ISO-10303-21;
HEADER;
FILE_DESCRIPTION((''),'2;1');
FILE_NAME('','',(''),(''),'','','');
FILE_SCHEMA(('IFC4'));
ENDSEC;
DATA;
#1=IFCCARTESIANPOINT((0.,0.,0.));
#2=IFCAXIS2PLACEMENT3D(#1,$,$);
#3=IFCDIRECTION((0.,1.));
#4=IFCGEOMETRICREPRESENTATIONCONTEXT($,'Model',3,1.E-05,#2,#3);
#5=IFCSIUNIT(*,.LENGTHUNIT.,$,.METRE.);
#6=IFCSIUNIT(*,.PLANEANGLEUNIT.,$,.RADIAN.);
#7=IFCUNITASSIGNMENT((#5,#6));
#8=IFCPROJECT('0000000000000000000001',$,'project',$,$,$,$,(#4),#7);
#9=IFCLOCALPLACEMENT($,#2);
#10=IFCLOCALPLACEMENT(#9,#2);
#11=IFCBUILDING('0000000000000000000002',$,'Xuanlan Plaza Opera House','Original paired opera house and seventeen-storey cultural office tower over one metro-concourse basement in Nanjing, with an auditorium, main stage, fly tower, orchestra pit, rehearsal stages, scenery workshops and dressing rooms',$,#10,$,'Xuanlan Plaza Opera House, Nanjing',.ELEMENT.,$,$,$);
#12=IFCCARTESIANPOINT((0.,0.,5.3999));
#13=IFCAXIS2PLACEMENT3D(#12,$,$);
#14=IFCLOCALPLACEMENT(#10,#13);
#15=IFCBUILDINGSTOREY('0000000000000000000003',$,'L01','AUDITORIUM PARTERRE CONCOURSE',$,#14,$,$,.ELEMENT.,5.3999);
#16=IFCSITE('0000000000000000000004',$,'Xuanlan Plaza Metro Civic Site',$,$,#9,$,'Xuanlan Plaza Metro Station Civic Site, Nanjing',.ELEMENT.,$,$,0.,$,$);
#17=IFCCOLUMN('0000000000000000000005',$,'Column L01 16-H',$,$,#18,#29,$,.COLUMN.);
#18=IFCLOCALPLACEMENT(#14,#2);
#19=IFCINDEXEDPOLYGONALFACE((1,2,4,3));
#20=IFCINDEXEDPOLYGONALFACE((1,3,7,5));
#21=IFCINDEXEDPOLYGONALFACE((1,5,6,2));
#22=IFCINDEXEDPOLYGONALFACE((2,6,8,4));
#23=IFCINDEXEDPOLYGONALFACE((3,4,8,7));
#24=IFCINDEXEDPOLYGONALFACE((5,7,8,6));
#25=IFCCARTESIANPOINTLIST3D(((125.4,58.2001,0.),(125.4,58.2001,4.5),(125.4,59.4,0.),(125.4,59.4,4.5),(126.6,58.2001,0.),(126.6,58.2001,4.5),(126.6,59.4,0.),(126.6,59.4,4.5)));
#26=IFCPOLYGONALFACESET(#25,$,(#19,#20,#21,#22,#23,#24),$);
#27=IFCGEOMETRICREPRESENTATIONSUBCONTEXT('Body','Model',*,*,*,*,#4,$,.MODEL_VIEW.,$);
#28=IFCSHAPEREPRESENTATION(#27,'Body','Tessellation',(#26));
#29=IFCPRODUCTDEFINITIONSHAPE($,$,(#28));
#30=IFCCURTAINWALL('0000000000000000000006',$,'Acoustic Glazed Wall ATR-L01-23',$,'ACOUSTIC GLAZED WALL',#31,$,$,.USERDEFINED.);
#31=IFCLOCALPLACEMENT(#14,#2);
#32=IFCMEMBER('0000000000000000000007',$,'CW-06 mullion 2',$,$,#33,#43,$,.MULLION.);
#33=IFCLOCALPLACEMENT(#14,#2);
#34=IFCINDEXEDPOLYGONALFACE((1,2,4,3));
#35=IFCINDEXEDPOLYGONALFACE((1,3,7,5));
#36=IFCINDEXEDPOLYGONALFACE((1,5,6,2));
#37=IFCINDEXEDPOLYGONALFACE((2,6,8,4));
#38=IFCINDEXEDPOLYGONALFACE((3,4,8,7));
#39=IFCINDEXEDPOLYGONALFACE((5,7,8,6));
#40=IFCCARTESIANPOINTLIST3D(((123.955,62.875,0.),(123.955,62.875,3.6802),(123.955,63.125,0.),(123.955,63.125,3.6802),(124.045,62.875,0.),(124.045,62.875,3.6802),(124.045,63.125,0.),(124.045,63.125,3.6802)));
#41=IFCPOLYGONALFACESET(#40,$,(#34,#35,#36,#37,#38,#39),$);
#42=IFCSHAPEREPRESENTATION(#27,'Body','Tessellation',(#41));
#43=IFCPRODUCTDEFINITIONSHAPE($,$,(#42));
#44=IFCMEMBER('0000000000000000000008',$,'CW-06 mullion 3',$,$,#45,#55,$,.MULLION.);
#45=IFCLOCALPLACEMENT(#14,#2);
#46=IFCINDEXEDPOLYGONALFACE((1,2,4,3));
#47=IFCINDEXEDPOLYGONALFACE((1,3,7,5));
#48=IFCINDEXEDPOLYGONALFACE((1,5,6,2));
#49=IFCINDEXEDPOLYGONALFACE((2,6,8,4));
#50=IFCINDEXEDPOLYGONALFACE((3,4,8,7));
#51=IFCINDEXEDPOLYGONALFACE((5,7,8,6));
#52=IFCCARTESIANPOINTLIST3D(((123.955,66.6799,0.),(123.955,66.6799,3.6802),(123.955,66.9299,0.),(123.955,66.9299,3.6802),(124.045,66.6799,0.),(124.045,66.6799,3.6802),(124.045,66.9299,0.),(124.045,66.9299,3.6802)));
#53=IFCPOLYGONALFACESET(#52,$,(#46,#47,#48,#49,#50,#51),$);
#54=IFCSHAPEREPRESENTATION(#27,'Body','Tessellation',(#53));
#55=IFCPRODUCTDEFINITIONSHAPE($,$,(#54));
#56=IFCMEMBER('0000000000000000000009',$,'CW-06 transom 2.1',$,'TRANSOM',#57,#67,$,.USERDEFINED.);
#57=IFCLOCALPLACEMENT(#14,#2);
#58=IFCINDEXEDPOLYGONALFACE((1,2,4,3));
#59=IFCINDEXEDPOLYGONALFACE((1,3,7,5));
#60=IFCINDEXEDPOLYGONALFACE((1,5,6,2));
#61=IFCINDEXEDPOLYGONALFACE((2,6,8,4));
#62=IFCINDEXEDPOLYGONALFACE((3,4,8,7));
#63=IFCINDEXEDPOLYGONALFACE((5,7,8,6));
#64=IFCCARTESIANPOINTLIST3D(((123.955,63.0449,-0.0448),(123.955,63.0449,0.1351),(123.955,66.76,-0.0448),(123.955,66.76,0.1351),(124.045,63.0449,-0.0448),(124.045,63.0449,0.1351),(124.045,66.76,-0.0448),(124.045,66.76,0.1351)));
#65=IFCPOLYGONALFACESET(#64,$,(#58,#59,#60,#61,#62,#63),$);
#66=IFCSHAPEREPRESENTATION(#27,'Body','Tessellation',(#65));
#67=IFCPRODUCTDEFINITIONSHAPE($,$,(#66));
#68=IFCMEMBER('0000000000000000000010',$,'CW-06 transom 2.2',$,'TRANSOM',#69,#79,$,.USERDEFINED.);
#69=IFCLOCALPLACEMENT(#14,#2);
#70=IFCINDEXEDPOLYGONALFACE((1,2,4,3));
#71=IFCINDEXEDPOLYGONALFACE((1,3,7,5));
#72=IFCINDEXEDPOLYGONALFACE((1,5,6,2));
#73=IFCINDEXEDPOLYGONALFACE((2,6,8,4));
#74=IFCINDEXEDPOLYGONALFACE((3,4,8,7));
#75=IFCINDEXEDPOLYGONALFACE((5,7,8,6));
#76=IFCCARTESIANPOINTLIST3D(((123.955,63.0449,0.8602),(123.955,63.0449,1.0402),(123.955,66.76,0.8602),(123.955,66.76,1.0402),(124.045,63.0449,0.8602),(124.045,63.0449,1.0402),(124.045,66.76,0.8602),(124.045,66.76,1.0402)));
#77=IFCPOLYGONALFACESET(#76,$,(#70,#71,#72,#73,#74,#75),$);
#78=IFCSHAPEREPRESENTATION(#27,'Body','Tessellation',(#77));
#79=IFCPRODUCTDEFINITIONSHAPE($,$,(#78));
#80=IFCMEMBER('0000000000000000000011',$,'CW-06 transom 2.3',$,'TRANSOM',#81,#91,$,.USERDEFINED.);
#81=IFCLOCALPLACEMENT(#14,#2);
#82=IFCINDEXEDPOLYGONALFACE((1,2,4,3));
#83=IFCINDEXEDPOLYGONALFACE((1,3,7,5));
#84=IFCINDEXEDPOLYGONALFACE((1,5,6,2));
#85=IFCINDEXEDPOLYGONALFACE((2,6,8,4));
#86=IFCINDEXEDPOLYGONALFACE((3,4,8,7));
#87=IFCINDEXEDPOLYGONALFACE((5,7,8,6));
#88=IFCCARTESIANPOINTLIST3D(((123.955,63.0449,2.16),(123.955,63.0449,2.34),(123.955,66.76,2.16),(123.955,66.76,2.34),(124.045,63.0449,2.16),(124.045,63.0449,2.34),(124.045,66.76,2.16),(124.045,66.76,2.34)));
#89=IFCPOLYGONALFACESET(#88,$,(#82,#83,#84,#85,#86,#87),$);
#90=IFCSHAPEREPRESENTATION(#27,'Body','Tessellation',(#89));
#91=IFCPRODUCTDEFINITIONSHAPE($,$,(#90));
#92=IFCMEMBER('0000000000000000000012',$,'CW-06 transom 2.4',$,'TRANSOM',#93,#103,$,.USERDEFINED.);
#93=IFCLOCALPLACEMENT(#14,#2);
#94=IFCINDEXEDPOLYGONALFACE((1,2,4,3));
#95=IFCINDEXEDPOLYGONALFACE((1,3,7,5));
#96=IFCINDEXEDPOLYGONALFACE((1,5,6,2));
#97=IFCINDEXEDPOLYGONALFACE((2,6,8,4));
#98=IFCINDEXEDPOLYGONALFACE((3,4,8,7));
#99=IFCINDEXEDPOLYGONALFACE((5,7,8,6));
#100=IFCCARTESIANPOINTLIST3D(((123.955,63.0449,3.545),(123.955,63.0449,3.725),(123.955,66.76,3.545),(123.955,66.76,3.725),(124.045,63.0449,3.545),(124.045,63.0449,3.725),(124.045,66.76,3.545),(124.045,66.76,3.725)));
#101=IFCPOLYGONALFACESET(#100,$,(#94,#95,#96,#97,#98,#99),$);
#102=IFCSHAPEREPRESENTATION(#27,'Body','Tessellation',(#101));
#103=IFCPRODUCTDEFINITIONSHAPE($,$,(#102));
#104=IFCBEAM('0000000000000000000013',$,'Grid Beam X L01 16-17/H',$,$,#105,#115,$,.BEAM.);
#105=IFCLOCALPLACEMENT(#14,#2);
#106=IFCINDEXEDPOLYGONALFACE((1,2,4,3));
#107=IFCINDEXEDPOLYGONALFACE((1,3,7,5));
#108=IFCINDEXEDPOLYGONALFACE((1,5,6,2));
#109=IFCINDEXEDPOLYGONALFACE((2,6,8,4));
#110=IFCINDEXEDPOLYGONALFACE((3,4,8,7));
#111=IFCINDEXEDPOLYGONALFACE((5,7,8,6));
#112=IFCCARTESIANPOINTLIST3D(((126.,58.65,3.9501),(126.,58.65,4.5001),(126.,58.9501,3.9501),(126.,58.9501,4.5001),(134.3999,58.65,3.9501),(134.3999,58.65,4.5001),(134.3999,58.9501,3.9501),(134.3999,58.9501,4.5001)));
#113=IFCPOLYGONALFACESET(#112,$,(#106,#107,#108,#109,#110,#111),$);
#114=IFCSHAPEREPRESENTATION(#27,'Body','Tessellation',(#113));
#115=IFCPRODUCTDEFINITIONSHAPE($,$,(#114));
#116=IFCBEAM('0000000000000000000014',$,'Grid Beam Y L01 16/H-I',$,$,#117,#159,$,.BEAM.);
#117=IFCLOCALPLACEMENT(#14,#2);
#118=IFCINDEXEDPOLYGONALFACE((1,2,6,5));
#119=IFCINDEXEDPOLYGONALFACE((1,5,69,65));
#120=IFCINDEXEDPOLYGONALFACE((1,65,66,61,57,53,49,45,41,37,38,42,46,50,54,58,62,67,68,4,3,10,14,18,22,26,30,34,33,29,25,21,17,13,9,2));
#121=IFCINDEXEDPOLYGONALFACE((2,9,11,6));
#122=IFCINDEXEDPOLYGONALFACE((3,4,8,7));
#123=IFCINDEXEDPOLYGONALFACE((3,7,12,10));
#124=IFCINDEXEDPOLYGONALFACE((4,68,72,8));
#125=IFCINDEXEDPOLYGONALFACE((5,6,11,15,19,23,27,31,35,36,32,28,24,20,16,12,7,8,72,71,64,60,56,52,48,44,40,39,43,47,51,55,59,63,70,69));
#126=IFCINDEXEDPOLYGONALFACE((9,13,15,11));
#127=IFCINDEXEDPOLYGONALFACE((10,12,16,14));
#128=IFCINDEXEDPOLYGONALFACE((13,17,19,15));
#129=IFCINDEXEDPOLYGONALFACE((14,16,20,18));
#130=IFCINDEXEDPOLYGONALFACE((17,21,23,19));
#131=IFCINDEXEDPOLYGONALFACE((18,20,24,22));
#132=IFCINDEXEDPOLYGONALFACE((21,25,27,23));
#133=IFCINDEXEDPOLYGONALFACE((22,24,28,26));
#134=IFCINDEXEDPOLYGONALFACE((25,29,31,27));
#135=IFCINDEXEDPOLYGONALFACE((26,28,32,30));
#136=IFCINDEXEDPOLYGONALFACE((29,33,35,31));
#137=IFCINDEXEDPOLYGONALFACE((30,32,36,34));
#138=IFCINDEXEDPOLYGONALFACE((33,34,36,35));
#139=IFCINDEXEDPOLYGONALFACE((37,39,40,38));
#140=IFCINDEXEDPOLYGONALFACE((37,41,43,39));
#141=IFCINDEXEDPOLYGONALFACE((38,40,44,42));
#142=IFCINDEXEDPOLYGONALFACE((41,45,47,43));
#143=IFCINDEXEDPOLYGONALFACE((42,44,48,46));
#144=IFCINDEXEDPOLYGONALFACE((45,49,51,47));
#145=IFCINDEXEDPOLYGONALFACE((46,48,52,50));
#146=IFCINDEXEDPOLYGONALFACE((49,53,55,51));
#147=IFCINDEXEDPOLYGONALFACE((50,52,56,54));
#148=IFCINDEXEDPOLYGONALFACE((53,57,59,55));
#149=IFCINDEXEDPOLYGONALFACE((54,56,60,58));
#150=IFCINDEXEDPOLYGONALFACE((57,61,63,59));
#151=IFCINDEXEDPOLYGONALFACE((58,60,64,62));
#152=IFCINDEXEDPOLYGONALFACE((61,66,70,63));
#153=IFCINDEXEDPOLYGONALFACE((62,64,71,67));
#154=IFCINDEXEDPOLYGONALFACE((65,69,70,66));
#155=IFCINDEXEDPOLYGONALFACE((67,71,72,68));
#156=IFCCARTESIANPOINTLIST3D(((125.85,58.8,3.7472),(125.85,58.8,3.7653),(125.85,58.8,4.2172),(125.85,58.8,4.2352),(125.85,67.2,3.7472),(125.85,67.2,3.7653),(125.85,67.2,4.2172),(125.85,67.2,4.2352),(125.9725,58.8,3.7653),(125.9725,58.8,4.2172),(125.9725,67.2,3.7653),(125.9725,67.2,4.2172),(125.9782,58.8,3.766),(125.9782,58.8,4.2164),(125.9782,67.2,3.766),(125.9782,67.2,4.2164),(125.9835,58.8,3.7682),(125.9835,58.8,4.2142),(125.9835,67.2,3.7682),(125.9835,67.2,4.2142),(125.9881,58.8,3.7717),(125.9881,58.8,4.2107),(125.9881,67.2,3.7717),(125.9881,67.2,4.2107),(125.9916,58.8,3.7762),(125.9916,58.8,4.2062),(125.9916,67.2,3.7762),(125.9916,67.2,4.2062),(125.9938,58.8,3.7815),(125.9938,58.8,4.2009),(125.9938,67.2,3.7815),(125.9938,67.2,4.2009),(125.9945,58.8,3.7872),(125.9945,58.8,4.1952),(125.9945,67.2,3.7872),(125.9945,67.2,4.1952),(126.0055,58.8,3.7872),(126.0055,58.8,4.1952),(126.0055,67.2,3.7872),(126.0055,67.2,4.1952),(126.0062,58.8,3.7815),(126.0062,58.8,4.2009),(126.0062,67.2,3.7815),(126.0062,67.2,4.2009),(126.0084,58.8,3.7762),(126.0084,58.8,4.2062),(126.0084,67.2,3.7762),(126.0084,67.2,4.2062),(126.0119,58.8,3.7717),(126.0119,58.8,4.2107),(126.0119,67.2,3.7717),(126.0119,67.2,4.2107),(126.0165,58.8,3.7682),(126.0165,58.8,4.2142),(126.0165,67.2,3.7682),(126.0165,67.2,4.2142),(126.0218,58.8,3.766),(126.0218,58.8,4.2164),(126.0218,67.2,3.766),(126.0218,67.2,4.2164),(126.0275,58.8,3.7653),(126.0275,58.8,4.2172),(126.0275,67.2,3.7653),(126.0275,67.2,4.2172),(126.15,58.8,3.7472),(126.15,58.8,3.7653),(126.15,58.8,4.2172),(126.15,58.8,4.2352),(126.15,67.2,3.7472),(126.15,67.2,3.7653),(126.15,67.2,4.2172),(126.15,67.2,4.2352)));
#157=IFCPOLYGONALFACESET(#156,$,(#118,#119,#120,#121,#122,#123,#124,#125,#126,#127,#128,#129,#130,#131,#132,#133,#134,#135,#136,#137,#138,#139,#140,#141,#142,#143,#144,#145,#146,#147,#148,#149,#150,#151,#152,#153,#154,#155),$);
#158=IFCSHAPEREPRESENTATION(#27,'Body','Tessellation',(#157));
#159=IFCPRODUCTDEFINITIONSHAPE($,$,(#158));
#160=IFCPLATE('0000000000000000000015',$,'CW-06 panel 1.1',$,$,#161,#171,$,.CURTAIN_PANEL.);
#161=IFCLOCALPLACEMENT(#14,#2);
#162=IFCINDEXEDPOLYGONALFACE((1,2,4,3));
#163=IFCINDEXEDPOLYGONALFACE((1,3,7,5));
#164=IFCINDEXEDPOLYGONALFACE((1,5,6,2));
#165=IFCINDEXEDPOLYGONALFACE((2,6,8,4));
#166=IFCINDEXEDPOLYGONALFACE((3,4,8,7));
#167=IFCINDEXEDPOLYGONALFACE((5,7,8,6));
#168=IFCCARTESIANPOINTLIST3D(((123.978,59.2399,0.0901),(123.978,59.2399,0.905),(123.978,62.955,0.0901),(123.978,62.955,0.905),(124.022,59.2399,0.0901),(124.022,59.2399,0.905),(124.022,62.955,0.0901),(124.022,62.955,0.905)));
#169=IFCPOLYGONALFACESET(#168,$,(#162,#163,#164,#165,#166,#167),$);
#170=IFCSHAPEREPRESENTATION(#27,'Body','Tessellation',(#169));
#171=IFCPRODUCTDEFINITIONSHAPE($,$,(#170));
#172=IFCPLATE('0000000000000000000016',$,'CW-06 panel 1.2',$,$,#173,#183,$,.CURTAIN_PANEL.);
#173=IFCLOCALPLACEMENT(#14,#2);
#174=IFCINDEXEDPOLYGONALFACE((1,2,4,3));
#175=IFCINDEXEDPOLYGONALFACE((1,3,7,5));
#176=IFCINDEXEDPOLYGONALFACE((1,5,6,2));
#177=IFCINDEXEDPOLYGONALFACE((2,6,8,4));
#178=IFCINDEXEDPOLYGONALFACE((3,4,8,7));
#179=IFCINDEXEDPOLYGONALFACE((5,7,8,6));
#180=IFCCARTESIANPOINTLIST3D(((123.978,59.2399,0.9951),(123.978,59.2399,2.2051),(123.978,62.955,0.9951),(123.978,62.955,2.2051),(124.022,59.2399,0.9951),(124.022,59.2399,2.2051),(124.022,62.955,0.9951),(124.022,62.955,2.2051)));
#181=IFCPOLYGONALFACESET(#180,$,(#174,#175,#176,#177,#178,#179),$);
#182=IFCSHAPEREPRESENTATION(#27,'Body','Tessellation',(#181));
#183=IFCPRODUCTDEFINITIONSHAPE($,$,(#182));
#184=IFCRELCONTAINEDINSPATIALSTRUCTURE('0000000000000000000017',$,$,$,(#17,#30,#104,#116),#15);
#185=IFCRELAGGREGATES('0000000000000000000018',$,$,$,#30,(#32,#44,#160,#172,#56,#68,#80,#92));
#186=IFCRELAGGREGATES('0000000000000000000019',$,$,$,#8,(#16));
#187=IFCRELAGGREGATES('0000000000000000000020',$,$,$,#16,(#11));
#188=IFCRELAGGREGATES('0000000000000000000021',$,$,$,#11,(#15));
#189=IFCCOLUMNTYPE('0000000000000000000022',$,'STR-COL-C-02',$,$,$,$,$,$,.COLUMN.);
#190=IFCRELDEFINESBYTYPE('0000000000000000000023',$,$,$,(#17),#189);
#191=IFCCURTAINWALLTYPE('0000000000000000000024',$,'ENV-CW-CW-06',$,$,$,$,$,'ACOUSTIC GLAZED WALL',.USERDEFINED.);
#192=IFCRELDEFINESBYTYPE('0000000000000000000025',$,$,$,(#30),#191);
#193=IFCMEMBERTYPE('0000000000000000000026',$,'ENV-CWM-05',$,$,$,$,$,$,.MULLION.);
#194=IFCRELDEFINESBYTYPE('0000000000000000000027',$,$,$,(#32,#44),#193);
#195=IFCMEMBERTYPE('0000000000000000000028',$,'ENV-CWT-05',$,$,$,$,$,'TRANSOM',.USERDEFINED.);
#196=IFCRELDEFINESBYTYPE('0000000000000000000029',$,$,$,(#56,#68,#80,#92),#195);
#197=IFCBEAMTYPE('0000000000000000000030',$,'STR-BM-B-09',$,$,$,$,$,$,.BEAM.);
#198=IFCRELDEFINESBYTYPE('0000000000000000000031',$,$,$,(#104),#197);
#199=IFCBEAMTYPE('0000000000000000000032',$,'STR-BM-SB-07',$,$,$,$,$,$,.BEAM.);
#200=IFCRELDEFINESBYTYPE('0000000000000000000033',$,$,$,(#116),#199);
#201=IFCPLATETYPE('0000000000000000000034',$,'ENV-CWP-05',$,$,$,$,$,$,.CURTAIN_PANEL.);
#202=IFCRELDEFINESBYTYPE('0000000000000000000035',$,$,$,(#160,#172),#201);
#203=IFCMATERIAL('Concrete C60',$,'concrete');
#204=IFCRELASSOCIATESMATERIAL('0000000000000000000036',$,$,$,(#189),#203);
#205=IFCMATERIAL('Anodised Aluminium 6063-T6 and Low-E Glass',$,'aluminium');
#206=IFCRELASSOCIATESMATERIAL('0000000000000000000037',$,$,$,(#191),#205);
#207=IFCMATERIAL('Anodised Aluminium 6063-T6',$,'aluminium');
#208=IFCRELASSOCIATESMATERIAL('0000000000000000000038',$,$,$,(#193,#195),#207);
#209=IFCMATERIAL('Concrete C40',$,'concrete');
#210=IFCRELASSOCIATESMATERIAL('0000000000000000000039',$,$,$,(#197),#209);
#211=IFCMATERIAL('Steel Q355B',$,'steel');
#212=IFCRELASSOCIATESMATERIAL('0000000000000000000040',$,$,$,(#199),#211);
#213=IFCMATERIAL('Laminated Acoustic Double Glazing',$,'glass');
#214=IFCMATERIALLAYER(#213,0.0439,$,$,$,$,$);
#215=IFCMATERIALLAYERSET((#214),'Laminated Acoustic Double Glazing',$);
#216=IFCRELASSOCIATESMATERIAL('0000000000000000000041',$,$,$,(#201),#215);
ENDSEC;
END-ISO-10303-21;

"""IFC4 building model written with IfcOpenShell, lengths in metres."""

from ifc_helpers import new_model, si_unit, direction, frame, origin, origin_2d, place, context, subcontext, project, spatial, rectangle, i_section, extrude, material, layer, layer_set, material_profile, profile_set, type_object, element, aggregate, save


model = new_model("IFC4")

# Units and contexts
model_context = context("Model", 3, precision=1e-05, world=origin(), true_north=direction((0.0, 1.0)))
body_context = subcontext(model_context, "Body", "Model", "MODEL_VIEW")
ifc_project = project(units=[si_unit("LENGTHUNIT", "METRE"), si_unit("PLANEANGLEUNIT", "RADIAN")], contexts=[model_context])

# Site, building, storey
site_placement = place(None, origin())
site = spatial("IfcSite", under=ifc_project, at=site_placement, Name="Xuanlan Plaza Metro Civic Site", LongName="Xuanlan Plaza Metro Station Civic Site, Nanjing", CompositionType="ELEMENT", RefElevation=0.0)
building_placement = place(site_placement, origin())
building = spatial("IfcBuilding", under=site, at=building_placement, Name="Xuanlan Plaza Opera House", Description="Original paired opera house and seventeen-storey cultural office tower over one metro-concourse basement in Nanjing, with an auditorium, main stage, fly tower, orchestra pit, rehearsal stages, scenery workshops and dressing rooms", LongName="Xuanlan Plaza Opera House, Nanjing", CompositionType="ELEMENT")
storey_placement = place(building_placement, frame((0.0, 0.0, 5.3999)))
storey = spatial("IfcBuildingStorey", under=building, at=storey_placement, Name="L01", Description="AUDITORIUM PARTERRE CONCOURSE", CompositionType="ELEMENT", Elevation=5.3999)

# Column
ifc_material_1 = material(Name="Concrete C60", Category="concrete")
ifc_material_profile_1 = material_profile(ifc_material_1, rectangle(XDim=1.2, YDim=1.2, at=origin_2d()), Name="RC-COL 1200x1200")
ifc_profile_set_1 = profile_set([ifc_material_profile_1], Name="Concrete C60")
column_type = type_object("IfcColumnType", Name="STR-COL-C-02", PredefinedType="COLUMN", material=ifc_profile_set_1)
column_placement = place(storey_placement, frame((126.0, 58.8, 0.0), z_axis=(0.0, 0.0, 1.0), x_axis=(1.0, 0.0, 0.0)))
element("IfcColumn", 1, at=column_placement, inside=storey, type_object=column_type, Name="Column L01 16-H", PredefinedType="COLUMN", context=body_context, shape_type="SweptSolid", body=[
    extrude(rectangle(XDim=1.2, YDim=1.2, at=origin_2d()), origin(), (0.0, 0.0, 1.0), 4.5),
])

# Curtain wall, members
ifc_material_2 = material(Name="Anodised Aluminium 6063-T6 and Low-E Glass", Category="aluminium")
curtain_wall_type = type_object("IfcCurtainWallType", Name="ENV-CW-CW-06", ElementType="ACOUSTIC GLAZED WALL", PredefinedType="USERDEFINED", material=ifc_material_2)
curtain_wall_placement = place(storey_placement, origin())
curtain_wall = element("IfcCurtainWall", 2, at=curtain_wall_placement, inside=storey, type_object=curtain_wall_type, Name="Acoustic Glazed Wall ATR-L01-23", ObjectType="ACOUSTIC GLAZED WALL", PredefinedType="USERDEFINED")
ifc_material_3 = material(Name="Anodised Aluminium 6063-T6", Category="aluminium")
ifc_material_profile_2 = material_profile(ifc_material_3, rectangle(XDim=0.0901, YDim=0.25, at=origin_2d()), Name="ALU-M 90x250")
ifc_profile_set_2 = profile_set([ifc_material_profile_2], Name="Anodised Aluminium 6063-T6")
member_type_1 = type_object("IfcMemberType", Name="ENV-CWM-05", PredefinedType="MULLION", material=ifc_profile_set_2)
member_1_placement = place(storey_placement, frame((124.0, 63.0, 0.0), z_axis=(0.0, 0.0, 1.0), x_axis=(-1.0, 0.0, 0.0)))
member_1 = element("IfcMember", 3, at=member_1_placement, type_object=member_type_1, Name="CW-06 mullion 2", PredefinedType="MULLION", context=body_context, shape_type="SweptSolid", body=[
    extrude(rectangle(XDim=0.0901, YDim=0.25, at=origin_2d()), origin(), (0.0, 0.0, 1.0), 3.6802),
])
member_2_placement = place(storey_placement, frame((124.0, 66.8049, 0.0), z_axis=(0.0, 0.0, 1.0), x_axis=(-1.0, 0.0, 0.0)))
member_2 = element("IfcMember", 4, at=member_2_placement, type_object=member_type_1, Name="CW-06 mullion 3", PredefinedType="MULLION", context=body_context, shape_type="SweptSolid", body=[
    extrude(rectangle(XDim=0.0901, YDim=0.25, at=origin_2d()), origin(), (0.0, 0.0, 1.0), 3.6802),
])
ifc_material_profile_3 = material_profile(ifc_material_3, rectangle(XDim=0.0901, YDim=0.1799, at=origin_2d()), Name="ALU-T 90x180")
ifc_profile_set_3 = profile_set([ifc_material_profile_3], Name="Anodised Aluminium 6063-T6")
member_type_2 = type_object("IfcMemberType", Name="ENV-CWT-05", ElementType="TRANSOM", PredefinedType="USERDEFINED", material=ifc_profile_set_3)
member_3_placement = place(storey_placement, frame((124.0, 63.0449, 0.0452), z_axis=(0.0, 1.0, 0.0), x_axis=(-1.0, 0.0, 0.0)))
member_3 = element("IfcMember", 5, at=member_3_placement, type_object=member_type_2, Name="CW-06 transom 2.1", ObjectType="TRANSOM", PredefinedType="USERDEFINED", context=body_context, shape_type="SweptSolid", body=[
    extrude(rectangle(XDim=0.0901, YDim=0.1799, at=origin_2d()), origin(), (0.0, 0.0, 1.0), 3.7151),
])
member_4_placement = place(storey_placement, frame((124.0, 63.0449, 0.9502), z_axis=(0.0, 1.0, 0.0), x_axis=(-1.0, 0.0, 0.0)))
member_4 = element("IfcMember", 6, at=member_4_placement, type_object=member_type_2, Name="CW-06 transom 2.2", ObjectType="TRANSOM", PredefinedType="USERDEFINED", context=body_context, shape_type="SweptSolid", body=[
    extrude(rectangle(XDim=0.0901, YDim=0.1799, at=origin_2d()), origin(), (0.0, 0.0, 1.0), 3.7151),
])
member_5_placement = place(storey_placement, frame((124.0, 63.0449, 2.25), z_axis=(0.0, 1.0, 0.0), x_axis=(-1.0, 0.0, 0.0)))
member_5 = element("IfcMember", 7, at=member_5_placement, type_object=member_type_2, Name="CW-06 transom 2.3", ObjectType="TRANSOM", PredefinedType="USERDEFINED", context=body_context, shape_type="SweptSolid", body=[
    extrude(rectangle(XDim=0.0901, YDim=0.1799, at=origin_2d()), origin(), (0.0, 0.0, 1.0), 3.7151),
])
member_6_placement = place(storey_placement, frame((124.0, 63.0449, 3.635), z_axis=(0.0, 1.0, 0.0), x_axis=(-1.0, 0.0, 0.0)))
member_6 = element("IfcMember", 8, at=member_6_placement, type_object=member_type_2, Name="CW-06 transom 2.4", ObjectType="TRANSOM", PredefinedType="USERDEFINED", context=body_context, shape_type="SweptSolid", body=[
    extrude(rectangle(XDim=0.0901, YDim=0.1799, at=origin_2d()), origin(), (0.0, 0.0, 1.0), 3.7151),
])

# Beams
ifc_material_4 = material(Name="Concrete C40", Category="concrete")
ifc_material_profile_4 = material_profile(ifc_material_4, rectangle(XDim=0.3, YDim=0.55, at=origin_2d()), Name="RC-BM 300x550")
ifc_profile_set_4 = profile_set([ifc_material_profile_4], Name="Concrete C40")
beam_type_1 = type_object("IfcBeamType", Name="STR-BM-B-09", PredefinedType="BEAM", material=ifc_profile_set_4)
beam_1_placement = place(storey_placement, frame((126.0, 58.8, 4.2251), z_axis=(1.0, 0.0, 0.0), x_axis=(0.0, 1.0, 0.0)))
element("IfcBeam", 9, at=beam_1_placement, inside=storey, type_object=beam_type_1, Name="Grid Beam X L01 16-17/H", PredefinedType="BEAM", context=body_context, shape_type="SweptSolid", body=[
    extrude(rectangle(XDim=0.3, YDim=0.55, at=origin_2d()), origin(), (0.0, 0.0, 1.0), 8.3999),
])
ifc_material_5 = material(Name="Steel Q355B", Category="steel")
ifc_material_profile_5 = material_profile(ifc_material_5, i_section(OverallWidth=0.3, OverallDepth=0.488, WebThickness=0.011, FlangeThickness=0.0181, FilletRadius=0.022, at=origin_2d()), Name="HM 488x300x11x18")
ifc_profile_set_5 = profile_set([ifc_material_profile_5], Name="Steel Q355B")
beam_type_2 = type_object("IfcBeamType", Name="STR-BM-SB-07", PredefinedType="BEAM", material=ifc_profile_set_5)
beam_2_placement = place(storey_placement, frame((126.0, 58.8, 3.9912), z_axis=(0.0, 1.0, 0.0), x_axis=(-1.0, 0.0, 0.0)))
element("IfcBeam", 10, at=beam_2_placement, inside=storey, type_object=beam_type_2, Name="Grid Beam Y L01 16/H-I", PredefinedType="BEAM", context=body_context, shape_type="SweptSolid", body=[
    extrude(i_section(OverallWidth=0.3, OverallDepth=0.488, WebThickness=0.011, FlangeThickness=0.0181, FilletRadius=0.022, at=origin_2d()), origin(), (0.0, 0.0, 1.0), 8.3999),
])

# Plates
ifc_material_6 = material(Name="Laminated Acoustic Double Glazing", Category="glass")
ifc_layer_1 = layer(ifc_material_6, 0.0439)
ifc_layer_set_1 = layer_set([ifc_layer_1], Name="Laminated Acoustic Double Glazing")
plate_type = type_object("IfcPlateType", Name="ENV-CWP-05", PredefinedType="CURTAIN_PANEL", material=ifc_layer_set_1)
plate_1_placement = place(storey_placement, frame((124.0, 61.0974, 0.0901), z_axis=(0.0, 0.0, 1.0), x_axis=(0.0, 1.0, 0.0)))
plate_1 = element("IfcPlate", 11, at=plate_1_placement, type_object=plate_type, Name="CW-06 panel 1.1", PredefinedType="CURTAIN_PANEL", context=body_context, shape_type="SweptSolid", body=[
    extrude(rectangle(XDim=3.7151, YDim=0.0439, at=origin_2d()), origin(), (0.0, 0.0, 1.0), 0.8149),
])
plate_2_placement = place(storey_placement, frame((124.0, 61.0974, 0.9951), z_axis=(0.0, 0.0, 1.0), x_axis=(0.0, 1.0, 0.0)))
plate_2 = element("IfcPlate", 12, at=plate_2_placement, type_object=plate_type, Name="CW-06 panel 1.2", PredefinedType="CURTAIN_PANEL", context=body_context, shape_type="SweptSolid", body=[
    extrude(rectangle(XDim=3.7151, YDim=0.0439, at=origin_2d()), origin(), (0.0, 0.0, 1.0), 1.21),
])
aggregate(curtain_wall, [member_1, member_2, plate_1, plate_2, member_3, member_4, member_5, member_6])

save(model, "model.ifc")
